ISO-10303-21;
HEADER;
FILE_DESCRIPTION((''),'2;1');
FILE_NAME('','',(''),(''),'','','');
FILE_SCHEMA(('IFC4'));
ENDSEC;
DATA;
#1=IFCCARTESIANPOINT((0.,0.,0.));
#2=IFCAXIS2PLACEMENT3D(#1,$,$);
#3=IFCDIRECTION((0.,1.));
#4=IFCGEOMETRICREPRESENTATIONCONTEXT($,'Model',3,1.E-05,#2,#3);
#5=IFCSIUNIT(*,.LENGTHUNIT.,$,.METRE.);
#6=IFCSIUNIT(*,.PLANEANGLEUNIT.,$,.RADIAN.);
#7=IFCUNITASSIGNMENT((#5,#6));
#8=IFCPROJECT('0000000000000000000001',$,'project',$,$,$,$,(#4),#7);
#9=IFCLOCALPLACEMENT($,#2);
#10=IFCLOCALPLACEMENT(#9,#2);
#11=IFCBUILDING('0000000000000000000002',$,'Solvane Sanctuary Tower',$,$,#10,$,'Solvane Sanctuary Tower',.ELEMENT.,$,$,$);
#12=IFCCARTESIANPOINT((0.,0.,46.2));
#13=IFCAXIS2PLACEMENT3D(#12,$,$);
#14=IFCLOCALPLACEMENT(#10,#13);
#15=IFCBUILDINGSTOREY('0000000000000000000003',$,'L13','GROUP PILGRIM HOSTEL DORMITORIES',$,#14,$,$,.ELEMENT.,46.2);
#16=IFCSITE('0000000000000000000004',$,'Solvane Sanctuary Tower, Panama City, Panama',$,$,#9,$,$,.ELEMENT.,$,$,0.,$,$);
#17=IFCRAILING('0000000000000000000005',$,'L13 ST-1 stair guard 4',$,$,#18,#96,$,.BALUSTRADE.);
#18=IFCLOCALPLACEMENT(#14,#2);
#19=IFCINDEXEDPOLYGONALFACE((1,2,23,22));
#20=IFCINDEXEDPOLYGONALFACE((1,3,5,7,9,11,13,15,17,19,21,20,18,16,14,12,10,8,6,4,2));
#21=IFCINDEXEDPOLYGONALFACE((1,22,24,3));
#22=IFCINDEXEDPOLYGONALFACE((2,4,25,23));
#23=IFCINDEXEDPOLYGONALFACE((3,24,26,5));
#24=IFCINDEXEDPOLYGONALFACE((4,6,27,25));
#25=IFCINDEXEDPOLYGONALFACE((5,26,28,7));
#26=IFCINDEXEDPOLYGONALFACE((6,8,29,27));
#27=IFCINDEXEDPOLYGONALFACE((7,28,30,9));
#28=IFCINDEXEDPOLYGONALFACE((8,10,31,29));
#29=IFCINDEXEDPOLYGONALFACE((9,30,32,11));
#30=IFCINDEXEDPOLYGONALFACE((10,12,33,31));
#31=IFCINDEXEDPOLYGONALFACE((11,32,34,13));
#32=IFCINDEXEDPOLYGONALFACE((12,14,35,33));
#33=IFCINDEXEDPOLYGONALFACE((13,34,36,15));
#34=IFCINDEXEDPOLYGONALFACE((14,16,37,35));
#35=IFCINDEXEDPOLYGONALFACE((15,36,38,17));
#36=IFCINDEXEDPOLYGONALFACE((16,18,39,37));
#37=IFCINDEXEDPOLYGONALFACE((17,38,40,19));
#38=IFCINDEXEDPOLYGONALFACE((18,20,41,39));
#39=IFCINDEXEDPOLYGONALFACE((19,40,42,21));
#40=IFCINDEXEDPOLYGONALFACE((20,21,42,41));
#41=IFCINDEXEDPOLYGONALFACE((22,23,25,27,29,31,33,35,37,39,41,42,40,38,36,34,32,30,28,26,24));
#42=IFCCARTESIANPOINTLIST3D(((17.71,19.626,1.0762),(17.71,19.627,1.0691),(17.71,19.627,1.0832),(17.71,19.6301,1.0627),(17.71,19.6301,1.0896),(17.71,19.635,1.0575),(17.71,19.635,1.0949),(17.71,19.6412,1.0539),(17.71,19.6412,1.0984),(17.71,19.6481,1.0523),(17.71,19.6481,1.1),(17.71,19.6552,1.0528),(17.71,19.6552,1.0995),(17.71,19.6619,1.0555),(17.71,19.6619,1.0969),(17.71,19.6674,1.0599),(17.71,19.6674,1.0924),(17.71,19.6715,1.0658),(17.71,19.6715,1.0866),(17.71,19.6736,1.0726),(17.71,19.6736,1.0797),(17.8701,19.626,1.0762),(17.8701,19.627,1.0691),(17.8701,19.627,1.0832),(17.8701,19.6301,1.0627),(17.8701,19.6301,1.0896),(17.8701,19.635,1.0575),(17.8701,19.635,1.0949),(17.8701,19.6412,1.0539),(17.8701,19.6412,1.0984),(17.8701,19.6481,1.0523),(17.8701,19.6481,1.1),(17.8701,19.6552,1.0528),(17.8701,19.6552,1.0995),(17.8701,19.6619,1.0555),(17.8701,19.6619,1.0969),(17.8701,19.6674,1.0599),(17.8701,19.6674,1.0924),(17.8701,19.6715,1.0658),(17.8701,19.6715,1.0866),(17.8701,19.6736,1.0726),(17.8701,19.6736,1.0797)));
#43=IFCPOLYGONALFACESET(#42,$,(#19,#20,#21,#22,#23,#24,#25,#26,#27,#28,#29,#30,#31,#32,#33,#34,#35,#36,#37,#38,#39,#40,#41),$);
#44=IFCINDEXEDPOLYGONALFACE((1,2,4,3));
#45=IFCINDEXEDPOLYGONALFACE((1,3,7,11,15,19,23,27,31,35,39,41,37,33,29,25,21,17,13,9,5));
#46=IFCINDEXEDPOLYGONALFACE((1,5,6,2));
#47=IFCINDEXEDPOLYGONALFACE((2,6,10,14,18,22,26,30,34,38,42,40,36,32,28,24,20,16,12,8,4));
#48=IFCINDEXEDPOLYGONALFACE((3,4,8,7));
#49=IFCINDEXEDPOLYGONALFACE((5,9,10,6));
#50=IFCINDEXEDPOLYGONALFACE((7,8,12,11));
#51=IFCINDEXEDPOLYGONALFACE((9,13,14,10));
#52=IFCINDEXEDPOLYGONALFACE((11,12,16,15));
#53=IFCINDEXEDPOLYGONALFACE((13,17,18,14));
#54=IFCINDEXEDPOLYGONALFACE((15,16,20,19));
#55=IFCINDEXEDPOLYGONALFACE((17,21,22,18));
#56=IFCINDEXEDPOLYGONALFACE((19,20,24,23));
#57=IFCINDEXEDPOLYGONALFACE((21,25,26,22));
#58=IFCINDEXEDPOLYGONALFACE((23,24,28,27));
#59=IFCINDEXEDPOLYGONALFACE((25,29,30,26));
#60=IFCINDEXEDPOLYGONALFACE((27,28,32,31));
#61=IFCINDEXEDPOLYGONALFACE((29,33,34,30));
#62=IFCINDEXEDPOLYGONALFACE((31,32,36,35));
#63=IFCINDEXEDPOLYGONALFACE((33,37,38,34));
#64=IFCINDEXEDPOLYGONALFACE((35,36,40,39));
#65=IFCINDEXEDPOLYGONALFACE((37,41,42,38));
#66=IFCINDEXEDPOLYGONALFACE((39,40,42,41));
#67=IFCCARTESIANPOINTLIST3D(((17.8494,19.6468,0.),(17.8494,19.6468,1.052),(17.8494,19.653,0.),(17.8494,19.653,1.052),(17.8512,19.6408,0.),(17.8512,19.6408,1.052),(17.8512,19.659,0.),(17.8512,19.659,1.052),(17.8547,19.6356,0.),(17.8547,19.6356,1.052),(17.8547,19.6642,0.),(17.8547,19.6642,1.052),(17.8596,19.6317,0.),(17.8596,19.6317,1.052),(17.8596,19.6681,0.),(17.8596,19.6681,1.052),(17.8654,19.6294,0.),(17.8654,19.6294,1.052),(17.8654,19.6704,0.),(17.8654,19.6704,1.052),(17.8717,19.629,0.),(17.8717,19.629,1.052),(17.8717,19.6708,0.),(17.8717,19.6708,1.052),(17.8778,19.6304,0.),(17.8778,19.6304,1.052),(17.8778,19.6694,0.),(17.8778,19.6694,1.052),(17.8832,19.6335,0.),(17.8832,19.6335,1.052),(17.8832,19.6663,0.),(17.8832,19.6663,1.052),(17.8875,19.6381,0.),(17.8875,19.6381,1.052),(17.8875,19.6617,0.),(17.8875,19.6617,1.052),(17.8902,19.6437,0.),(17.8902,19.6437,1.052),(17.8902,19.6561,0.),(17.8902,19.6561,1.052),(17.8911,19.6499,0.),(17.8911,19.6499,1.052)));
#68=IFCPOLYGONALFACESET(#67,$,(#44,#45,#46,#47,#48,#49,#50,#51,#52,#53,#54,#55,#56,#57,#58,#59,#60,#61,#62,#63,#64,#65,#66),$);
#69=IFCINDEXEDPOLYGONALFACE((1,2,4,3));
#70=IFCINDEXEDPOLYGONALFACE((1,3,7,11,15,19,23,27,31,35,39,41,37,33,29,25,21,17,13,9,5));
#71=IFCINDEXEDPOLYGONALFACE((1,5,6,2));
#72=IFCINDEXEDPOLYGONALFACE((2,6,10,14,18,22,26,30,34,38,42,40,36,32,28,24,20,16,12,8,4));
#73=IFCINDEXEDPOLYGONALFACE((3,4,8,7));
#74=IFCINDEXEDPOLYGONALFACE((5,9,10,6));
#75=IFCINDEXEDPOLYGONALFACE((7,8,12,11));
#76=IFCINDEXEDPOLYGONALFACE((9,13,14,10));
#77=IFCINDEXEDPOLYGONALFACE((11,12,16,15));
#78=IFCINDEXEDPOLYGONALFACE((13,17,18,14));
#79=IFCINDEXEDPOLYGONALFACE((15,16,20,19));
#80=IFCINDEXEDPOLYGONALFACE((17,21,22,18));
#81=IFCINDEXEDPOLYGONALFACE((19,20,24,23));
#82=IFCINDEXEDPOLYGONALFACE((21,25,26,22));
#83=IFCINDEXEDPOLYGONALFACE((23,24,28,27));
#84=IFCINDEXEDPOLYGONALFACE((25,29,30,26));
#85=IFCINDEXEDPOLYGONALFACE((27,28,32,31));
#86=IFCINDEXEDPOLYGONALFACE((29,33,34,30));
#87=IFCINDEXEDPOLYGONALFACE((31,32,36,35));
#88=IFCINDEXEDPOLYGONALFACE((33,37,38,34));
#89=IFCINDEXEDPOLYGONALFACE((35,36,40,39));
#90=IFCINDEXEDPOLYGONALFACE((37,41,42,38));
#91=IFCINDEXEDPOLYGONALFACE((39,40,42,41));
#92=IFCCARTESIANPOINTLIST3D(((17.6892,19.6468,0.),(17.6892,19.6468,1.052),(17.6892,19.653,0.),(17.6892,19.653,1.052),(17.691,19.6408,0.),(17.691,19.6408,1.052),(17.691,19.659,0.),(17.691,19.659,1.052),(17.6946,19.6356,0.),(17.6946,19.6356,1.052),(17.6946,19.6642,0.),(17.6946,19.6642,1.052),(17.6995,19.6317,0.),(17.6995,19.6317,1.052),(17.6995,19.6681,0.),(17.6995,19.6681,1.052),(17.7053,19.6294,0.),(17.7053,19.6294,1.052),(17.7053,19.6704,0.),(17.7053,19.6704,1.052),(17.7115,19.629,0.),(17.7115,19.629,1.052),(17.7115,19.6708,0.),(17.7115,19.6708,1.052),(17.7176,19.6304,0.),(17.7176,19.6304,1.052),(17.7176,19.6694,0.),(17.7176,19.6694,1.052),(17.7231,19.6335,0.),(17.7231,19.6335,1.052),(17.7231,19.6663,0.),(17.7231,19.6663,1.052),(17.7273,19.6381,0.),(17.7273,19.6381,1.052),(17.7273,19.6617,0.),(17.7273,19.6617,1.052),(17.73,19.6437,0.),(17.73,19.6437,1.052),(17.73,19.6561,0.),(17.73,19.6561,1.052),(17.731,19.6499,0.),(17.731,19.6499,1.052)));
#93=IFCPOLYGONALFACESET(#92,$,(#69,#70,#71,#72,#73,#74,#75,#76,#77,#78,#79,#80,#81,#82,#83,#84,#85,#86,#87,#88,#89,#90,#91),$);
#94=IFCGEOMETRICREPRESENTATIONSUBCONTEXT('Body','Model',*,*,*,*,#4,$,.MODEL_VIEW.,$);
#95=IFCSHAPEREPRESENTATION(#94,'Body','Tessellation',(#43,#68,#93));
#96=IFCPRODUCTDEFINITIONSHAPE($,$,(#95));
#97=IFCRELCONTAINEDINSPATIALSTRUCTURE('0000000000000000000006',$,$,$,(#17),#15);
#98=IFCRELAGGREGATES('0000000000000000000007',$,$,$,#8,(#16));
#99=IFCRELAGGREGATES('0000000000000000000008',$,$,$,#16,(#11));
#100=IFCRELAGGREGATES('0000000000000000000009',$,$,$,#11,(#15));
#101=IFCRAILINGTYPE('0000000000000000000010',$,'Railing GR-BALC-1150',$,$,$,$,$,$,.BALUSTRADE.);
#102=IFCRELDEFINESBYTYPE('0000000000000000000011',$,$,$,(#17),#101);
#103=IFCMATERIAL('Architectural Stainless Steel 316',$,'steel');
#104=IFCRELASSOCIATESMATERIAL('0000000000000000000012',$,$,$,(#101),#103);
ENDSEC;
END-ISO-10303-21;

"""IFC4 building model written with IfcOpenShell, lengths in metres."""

from ifc_helpers import new_model, si_unit, direction, frame, origin, origin_2d, place, context, subcontext, project, spatial, circle, extrude, material, type_object, element, save


model = new_model("IFC4")

# Units and contexts
model_context = context("Model", 3, precision=1e-05, world=origin(), true_north=direction((0.0, 1.0)))
body_context = subcontext(model_context, "Body", "Model", "MODEL_VIEW")
ifc_project = project(units=[si_unit("LENGTHUNIT", "METRE"), si_unit("PLANEANGLEUNIT", "RADIAN")], contexts=[model_context])

# Site, building, storey
site_placement = place(None, origin())
site = spatial("IfcSite", under=ifc_project, at=site_placement, Name="Solvane Sanctuary Tower, Panama City, Panama", CompositionType="ELEMENT", RefElevation=0.0)
building_placement = place(site_placement, origin())
building = spatial("IfcBuilding", under=site, at=building_placement, Name="Solvane Sanctuary Tower", LongName="Solvane Sanctuary Tower", CompositionType="ELEMENT")
storey_placement = place(building_placement, frame((0.0, 0.0, 46.2)))
storey = spatial("IfcBuildingStorey", under=building, at=storey_placement, Name="L13", Description="GROUP PILGRIM HOSTEL DORMITORIES", CompositionType="ELEMENT", Elevation=46.2)

# Shared definitions
ifc_material_1 = material(Name="Architectural Stainless Steel 316", Category="steel")

# Railing
railing_type_1 = type_object("IfcRailingType", Name="Railing GR-BALC-1150", PredefinedType="BALUSTRADE", material=ifc_material_1)
railing_1_placement = place(storey_placement, frame((17.8701, 19.6499, 0.0)))
element("IfcRailing", 1, at=railing_1_placement, inside=storey, type_object=railing_type_1, Name="L13 ST-1 stair guard 4", PredefinedType="BALUSTRADE", context=body_context, shape_type="SweptSolid", body=[
    extrude(circle(Radius=0.0239, at=origin_2d()), frame((0.0, 0.0, 1.0762), z_axis=(-1.0, 0.0, 0.0), x_axis=(0.0, -1.0, 0.0)), (0.0, 0.0, 1.0), 0.1602),
    extrude(circle(Radius=0.021, at=origin_2d()), origin(), (0.0, 0.0, 1.0), 1.052),
    extrude(circle(Radius=0.021, at=origin_2d()), frame((-0.1602, 0.0, 0.0)), (0.0, 0.0, 1.0), 1.052),
])

save(model, "model.ifc")
